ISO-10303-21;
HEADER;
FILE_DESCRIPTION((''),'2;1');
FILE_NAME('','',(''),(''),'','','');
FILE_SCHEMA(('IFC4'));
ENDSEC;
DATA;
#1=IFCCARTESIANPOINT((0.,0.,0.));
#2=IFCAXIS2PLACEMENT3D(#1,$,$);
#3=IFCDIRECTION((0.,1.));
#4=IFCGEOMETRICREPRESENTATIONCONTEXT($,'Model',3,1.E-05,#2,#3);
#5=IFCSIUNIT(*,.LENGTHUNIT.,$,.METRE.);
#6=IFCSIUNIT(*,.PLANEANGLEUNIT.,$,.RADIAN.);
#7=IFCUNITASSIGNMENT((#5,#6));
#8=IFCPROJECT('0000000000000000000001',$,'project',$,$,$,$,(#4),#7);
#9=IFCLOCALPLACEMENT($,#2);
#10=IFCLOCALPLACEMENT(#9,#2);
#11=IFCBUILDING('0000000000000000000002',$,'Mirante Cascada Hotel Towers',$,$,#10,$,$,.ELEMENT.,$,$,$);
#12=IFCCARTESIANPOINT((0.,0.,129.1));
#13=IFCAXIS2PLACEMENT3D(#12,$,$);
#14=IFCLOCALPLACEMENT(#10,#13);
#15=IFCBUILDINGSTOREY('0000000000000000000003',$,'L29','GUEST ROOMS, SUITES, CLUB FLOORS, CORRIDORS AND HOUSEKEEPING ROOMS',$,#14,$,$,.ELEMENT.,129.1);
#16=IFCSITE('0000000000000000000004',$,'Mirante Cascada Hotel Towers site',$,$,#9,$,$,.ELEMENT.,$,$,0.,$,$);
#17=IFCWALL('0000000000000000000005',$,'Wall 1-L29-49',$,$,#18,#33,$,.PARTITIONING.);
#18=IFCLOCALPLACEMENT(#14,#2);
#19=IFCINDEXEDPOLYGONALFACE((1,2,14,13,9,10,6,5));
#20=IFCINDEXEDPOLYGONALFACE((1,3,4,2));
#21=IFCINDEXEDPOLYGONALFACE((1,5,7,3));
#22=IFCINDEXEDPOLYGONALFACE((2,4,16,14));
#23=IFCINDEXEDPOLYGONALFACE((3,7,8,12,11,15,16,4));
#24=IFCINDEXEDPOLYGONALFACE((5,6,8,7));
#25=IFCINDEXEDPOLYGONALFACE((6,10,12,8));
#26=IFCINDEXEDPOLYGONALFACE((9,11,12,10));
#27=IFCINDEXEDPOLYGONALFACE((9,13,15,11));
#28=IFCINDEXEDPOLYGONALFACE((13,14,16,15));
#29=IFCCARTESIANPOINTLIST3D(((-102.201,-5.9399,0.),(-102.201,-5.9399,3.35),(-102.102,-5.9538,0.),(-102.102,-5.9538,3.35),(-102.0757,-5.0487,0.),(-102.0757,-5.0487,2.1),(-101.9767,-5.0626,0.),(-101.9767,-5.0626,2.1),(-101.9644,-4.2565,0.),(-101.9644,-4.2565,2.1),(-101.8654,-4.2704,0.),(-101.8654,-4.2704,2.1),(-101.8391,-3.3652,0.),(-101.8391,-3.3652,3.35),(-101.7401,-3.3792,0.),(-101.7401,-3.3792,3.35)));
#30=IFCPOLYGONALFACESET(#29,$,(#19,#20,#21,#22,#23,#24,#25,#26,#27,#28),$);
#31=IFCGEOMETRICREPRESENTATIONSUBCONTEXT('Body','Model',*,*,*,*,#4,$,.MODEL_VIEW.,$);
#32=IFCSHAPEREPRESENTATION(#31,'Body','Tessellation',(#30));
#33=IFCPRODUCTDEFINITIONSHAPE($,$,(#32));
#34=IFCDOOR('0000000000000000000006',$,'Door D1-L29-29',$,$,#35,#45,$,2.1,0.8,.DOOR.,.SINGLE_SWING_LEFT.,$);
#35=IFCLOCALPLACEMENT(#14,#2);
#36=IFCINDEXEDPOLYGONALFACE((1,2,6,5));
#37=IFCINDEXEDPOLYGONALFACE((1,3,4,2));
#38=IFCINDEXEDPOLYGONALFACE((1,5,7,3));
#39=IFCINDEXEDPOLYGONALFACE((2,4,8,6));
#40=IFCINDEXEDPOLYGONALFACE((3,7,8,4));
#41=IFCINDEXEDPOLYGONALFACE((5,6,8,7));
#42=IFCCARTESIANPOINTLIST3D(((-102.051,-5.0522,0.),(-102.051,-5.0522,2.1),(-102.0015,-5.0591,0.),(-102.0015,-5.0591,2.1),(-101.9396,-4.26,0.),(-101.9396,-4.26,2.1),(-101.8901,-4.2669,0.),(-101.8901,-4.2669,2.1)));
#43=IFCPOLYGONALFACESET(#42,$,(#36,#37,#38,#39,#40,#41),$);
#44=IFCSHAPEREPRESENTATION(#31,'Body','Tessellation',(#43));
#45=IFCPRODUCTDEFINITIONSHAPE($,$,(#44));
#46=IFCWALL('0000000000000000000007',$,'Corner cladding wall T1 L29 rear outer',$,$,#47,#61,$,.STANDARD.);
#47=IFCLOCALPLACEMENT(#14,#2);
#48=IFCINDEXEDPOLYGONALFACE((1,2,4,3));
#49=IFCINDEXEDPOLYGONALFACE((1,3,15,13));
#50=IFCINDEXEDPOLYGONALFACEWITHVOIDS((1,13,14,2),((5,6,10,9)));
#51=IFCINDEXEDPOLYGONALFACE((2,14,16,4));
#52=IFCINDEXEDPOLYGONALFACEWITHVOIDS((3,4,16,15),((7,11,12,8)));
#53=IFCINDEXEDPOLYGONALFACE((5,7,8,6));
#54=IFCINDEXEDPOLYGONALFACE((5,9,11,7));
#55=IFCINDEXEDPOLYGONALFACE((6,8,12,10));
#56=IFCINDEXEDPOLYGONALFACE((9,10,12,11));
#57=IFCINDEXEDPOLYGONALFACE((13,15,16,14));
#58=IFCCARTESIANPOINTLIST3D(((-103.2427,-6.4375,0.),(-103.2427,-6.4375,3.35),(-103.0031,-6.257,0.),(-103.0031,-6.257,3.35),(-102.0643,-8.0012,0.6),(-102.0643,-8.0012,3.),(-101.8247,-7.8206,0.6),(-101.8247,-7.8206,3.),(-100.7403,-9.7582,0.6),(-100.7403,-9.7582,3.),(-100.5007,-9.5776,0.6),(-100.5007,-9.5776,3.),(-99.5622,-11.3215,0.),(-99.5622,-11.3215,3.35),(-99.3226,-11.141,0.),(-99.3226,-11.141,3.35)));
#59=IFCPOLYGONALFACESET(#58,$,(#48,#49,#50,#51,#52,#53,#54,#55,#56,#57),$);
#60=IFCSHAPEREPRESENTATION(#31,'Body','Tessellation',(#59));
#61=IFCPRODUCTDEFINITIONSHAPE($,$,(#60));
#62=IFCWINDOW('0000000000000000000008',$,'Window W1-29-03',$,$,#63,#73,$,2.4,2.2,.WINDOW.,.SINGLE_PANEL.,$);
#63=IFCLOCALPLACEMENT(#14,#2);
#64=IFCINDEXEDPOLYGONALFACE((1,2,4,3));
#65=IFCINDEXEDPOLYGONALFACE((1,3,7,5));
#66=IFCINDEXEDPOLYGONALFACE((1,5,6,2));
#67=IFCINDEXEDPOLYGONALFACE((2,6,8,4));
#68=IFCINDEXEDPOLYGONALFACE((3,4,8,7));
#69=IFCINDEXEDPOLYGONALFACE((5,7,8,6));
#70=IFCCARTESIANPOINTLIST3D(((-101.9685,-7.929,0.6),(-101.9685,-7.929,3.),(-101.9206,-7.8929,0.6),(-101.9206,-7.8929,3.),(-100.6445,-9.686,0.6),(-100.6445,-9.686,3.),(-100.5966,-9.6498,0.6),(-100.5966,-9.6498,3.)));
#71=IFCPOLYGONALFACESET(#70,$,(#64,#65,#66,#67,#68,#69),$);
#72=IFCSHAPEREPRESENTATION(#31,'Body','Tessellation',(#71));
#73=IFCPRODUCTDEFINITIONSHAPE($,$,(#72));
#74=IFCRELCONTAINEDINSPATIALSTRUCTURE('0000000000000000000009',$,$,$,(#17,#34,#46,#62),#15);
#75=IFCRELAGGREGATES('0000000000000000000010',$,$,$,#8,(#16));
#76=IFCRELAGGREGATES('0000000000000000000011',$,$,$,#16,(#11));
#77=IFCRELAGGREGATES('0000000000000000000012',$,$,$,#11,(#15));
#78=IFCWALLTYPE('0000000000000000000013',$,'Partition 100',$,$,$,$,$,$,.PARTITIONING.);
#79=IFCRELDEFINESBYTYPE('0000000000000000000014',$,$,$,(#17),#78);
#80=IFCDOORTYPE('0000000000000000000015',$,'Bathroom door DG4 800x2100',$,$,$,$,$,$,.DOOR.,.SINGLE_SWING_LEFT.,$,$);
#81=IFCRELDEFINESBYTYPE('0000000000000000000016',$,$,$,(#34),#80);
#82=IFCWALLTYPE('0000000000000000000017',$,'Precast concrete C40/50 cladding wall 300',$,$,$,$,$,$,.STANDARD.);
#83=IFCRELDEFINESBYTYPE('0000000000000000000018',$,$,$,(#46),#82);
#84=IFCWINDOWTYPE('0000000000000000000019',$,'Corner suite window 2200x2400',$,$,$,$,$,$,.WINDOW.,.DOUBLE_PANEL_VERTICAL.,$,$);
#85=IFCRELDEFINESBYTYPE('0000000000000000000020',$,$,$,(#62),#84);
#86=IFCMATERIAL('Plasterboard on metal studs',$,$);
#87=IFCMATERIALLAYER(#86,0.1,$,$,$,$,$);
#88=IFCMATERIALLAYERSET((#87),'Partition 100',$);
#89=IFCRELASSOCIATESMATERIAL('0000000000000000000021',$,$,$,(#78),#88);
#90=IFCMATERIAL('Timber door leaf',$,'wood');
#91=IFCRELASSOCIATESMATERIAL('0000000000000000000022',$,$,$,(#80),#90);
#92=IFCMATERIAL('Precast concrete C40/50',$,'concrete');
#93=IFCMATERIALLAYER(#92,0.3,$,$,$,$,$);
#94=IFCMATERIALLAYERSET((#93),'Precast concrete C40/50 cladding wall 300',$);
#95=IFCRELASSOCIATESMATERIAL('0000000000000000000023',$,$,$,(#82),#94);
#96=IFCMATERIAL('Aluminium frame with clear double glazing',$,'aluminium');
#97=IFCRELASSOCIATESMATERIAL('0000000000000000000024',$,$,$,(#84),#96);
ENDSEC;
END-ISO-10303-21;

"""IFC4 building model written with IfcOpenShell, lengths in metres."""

from ifc_helpers import new_model, si_unit, direction, frame, frame_2d, origin, place, context, subcontext, project, spatial, rectangle, extrude, material, layer, layer_set, type_object, element, fill, save


model = new_model("IFC4")

# Units and contexts
model_context = context("Model", 3, precision=1e-05, world=origin(), true_north=direction((0.0, 1.0)))
body_context = subcontext(model_context, "Body", "Model", "MODEL_VIEW")
ifc_project = project(units=[si_unit("LENGTHUNIT", "METRE"), si_unit("PLANEANGLEUNIT", "RADIAN")], contexts=[model_context])

# Site, building, storey
site_placement = place(None, origin())
site = spatial("IfcSite", under=ifc_project, at=site_placement, Name="Mirante Cascada Hotel Towers site", CompositionType="ELEMENT", RefElevation=0.0)
building_placement = place(site_placement, origin())
building = spatial("IfcBuilding", under=site, at=building_placement, Name="Mirante Cascada Hotel Towers", CompositionType="ELEMENT")
storey_placement = place(building_placement, frame((0.0, 0.0, 129.1)))
storey = spatial("IfcBuildingStorey", under=building, at=storey_placement, Name="L29", Description="GUEST ROOMS, SUITES, CLUB FLOORS, CORRIDORS AND HOUSEKEEPING ROOMS", CompositionType="ELEMENT", Elevation=129.1)

# Shared definitions
ifc_material_1 = material(Name="Plasterboard on metal studs")
ifc_layer_1 = layer(ifc_material_1, 0.1)
ifc_layer_set_1 = layer_set([ifc_layer_1], Name="Partition 100")
wall_type_1 = type_object("IfcWallType", Name="Partition 100", PredefinedType="PARTITIONING", material=ifc_layer_set_1)

# Wall, opening, door
wall_1_placement = place(storey_placement, frame((-101.7896, -3.3722, 0.0), z_axis=(0.0, 0.0, 1.0), x_axis=(-0.139192, -0.990265, 0.0)))
wall_1 = element("IfcWall", 1, at=wall_1_placement, inside=storey, type_object=wall_type_1, Name="Wall 1-L29-49", PredefinedType="PARTITIONING", context=body_context, shape_type="SweptSolid", body=[
    extrude(rectangle(XDim=2.6, YDim=0.1, at=frame_2d((1.3, 0.0))), origin(), (0.0, 0.0, 1.0), 3.35),
])
opening_1_placement = place(wall_1_placement, frame((0.9, 0.0, 0.0)))
opening_1 = element("IfcOpeningElement", 2, at=opening_1_placement, cuts=wall_1, PredefinedType="OPENING", context=body_context, shape_type="SweptSolid", body=[
    extrude(rectangle(XDim=0.8, YDim=2.1, at=frame_2d((0.4, 1.05))), frame((0.0, 0.05, 0.0), z_axis=(0.0, -1.0, 0.0), x_axis=(1.0, 0.0, 0.0)), (0.0, 0.0, 1.0), 0.1),
])
ifc_material_2 = material(Name="Timber door leaf", Category="wood")
door_type = type_object("IfcDoorType", Name="Bathroom door DG4 800x2100", OperationType="SINGLE_SWING_LEFT", PredefinedType="DOOR", material=ifc_material_2)
door_placement = place(opening_1_placement, origin())
door = element("IfcDoor", 3, at=door_placement, inside=storey, type_object=door_type, Name="Door D1-L29-29", OperationType="SINGLE_SWING_LEFT", OverallHeight=2.1, OverallWidth=0.8, PredefinedType="DOOR", context=body_context, shape_type="SweptSolid", body=[
    extrude(rectangle(XDim=0.8, YDim=2.1, at=frame_2d((0.4, 1.05))), frame((0.0, 0.025, 0.0), z_axis=(0.0, -1.0, 0.0), x_axis=(1.0, 0.0, 0.0)), (0.0, 0.0, 1.0), 0.05),
])
fill(opening_1, door)

# Wall, opening, window
ifc_material_3 = material(Name="Precast concrete C40/50", Category="concrete")
ifc_layer_2 = layer(ifc_material_3, 0.3)
ifc_layer_set_2 = layer_set([ifc_layer_2], Name="Precast concrete C40/50 cladding wall 300")
wall_type_2 = type_object("IfcWallType", Name="Precast concrete C40/50 cladding wall 300", PredefinedType="STANDARD", material=ifc_layer_set_2)
wall_2_placement = place(storey_placement, frame((-99.4424, -11.2313, 0.0), z_axis=(0.0, 0.0, 1.0), x_axis=(-0.601819, 0.798632, 0.0)))
wall_2 = element("IfcWall", 4, at=wall_2_placement, inside=storey, type_object=wall_type_2, Name="Corner cladding wall T1 L29 rear outer", PredefinedType="STANDARD", context=body_context, shape_type="SweptSolid", body=[
    extrude(rectangle(XDim=6.1155, YDim=0.3, at=frame_2d((3.0578, 0.0))), origin(), (0.0, 0.0, 1.0), 3.35),
])
opening_2_placement = place(wall_2_placement, frame((1.9576, 0.0, 0.6)))
opening_2 = element("IfcOpeningElement", 5, at=opening_2_placement, cuts=wall_2, PredefinedType="OPENING", context=body_context, shape_type="SweptSolid", body=[
    extrude(rectangle(XDim=2.2, YDim=2.4, at=frame_2d((1.1, 1.2))), frame((0.0, 0.15, 0.0), z_axis=(0.0, -1.0, 0.0), x_axis=(1.0, 0.0, 0.0)), (0.0, 0.0, 1.0), 0.3),
])
ifc_material_4 = material(Name="Aluminium frame with clear double glazing", Category="aluminium")
window_type = type_object("IfcWindowType", Name="Corner suite window 2200x2400", PartitioningType="DOUBLE_PANEL_VERTICAL", PredefinedType="WINDOW", material=ifc_material_4)
window_placement = place(opening_2_placement, origin())
window = element("IfcWindow", 6, at=window_placement, inside=storey, type_object=window_type, Name="Window W1-29-03", OverallHeight=2.4, OverallWidth=2.2, PartitioningType="SINGLE_PANEL", PredefinedType="WINDOW", context=body_context, shape_type="SweptSolid", body=[
    extrude(rectangle(XDim=2.2, YDim=2.4, at=frame_2d((1.1, 1.2))), frame((0.0, 0.03, 0.0), z_axis=(0.0, -1.0, 0.0), x_axis=(1.0, 0.0, 0.0)), (0.0, 0.0, 1.0), 0.06),
])
fill(opening_2, window)

save(model, "model.ifc")
